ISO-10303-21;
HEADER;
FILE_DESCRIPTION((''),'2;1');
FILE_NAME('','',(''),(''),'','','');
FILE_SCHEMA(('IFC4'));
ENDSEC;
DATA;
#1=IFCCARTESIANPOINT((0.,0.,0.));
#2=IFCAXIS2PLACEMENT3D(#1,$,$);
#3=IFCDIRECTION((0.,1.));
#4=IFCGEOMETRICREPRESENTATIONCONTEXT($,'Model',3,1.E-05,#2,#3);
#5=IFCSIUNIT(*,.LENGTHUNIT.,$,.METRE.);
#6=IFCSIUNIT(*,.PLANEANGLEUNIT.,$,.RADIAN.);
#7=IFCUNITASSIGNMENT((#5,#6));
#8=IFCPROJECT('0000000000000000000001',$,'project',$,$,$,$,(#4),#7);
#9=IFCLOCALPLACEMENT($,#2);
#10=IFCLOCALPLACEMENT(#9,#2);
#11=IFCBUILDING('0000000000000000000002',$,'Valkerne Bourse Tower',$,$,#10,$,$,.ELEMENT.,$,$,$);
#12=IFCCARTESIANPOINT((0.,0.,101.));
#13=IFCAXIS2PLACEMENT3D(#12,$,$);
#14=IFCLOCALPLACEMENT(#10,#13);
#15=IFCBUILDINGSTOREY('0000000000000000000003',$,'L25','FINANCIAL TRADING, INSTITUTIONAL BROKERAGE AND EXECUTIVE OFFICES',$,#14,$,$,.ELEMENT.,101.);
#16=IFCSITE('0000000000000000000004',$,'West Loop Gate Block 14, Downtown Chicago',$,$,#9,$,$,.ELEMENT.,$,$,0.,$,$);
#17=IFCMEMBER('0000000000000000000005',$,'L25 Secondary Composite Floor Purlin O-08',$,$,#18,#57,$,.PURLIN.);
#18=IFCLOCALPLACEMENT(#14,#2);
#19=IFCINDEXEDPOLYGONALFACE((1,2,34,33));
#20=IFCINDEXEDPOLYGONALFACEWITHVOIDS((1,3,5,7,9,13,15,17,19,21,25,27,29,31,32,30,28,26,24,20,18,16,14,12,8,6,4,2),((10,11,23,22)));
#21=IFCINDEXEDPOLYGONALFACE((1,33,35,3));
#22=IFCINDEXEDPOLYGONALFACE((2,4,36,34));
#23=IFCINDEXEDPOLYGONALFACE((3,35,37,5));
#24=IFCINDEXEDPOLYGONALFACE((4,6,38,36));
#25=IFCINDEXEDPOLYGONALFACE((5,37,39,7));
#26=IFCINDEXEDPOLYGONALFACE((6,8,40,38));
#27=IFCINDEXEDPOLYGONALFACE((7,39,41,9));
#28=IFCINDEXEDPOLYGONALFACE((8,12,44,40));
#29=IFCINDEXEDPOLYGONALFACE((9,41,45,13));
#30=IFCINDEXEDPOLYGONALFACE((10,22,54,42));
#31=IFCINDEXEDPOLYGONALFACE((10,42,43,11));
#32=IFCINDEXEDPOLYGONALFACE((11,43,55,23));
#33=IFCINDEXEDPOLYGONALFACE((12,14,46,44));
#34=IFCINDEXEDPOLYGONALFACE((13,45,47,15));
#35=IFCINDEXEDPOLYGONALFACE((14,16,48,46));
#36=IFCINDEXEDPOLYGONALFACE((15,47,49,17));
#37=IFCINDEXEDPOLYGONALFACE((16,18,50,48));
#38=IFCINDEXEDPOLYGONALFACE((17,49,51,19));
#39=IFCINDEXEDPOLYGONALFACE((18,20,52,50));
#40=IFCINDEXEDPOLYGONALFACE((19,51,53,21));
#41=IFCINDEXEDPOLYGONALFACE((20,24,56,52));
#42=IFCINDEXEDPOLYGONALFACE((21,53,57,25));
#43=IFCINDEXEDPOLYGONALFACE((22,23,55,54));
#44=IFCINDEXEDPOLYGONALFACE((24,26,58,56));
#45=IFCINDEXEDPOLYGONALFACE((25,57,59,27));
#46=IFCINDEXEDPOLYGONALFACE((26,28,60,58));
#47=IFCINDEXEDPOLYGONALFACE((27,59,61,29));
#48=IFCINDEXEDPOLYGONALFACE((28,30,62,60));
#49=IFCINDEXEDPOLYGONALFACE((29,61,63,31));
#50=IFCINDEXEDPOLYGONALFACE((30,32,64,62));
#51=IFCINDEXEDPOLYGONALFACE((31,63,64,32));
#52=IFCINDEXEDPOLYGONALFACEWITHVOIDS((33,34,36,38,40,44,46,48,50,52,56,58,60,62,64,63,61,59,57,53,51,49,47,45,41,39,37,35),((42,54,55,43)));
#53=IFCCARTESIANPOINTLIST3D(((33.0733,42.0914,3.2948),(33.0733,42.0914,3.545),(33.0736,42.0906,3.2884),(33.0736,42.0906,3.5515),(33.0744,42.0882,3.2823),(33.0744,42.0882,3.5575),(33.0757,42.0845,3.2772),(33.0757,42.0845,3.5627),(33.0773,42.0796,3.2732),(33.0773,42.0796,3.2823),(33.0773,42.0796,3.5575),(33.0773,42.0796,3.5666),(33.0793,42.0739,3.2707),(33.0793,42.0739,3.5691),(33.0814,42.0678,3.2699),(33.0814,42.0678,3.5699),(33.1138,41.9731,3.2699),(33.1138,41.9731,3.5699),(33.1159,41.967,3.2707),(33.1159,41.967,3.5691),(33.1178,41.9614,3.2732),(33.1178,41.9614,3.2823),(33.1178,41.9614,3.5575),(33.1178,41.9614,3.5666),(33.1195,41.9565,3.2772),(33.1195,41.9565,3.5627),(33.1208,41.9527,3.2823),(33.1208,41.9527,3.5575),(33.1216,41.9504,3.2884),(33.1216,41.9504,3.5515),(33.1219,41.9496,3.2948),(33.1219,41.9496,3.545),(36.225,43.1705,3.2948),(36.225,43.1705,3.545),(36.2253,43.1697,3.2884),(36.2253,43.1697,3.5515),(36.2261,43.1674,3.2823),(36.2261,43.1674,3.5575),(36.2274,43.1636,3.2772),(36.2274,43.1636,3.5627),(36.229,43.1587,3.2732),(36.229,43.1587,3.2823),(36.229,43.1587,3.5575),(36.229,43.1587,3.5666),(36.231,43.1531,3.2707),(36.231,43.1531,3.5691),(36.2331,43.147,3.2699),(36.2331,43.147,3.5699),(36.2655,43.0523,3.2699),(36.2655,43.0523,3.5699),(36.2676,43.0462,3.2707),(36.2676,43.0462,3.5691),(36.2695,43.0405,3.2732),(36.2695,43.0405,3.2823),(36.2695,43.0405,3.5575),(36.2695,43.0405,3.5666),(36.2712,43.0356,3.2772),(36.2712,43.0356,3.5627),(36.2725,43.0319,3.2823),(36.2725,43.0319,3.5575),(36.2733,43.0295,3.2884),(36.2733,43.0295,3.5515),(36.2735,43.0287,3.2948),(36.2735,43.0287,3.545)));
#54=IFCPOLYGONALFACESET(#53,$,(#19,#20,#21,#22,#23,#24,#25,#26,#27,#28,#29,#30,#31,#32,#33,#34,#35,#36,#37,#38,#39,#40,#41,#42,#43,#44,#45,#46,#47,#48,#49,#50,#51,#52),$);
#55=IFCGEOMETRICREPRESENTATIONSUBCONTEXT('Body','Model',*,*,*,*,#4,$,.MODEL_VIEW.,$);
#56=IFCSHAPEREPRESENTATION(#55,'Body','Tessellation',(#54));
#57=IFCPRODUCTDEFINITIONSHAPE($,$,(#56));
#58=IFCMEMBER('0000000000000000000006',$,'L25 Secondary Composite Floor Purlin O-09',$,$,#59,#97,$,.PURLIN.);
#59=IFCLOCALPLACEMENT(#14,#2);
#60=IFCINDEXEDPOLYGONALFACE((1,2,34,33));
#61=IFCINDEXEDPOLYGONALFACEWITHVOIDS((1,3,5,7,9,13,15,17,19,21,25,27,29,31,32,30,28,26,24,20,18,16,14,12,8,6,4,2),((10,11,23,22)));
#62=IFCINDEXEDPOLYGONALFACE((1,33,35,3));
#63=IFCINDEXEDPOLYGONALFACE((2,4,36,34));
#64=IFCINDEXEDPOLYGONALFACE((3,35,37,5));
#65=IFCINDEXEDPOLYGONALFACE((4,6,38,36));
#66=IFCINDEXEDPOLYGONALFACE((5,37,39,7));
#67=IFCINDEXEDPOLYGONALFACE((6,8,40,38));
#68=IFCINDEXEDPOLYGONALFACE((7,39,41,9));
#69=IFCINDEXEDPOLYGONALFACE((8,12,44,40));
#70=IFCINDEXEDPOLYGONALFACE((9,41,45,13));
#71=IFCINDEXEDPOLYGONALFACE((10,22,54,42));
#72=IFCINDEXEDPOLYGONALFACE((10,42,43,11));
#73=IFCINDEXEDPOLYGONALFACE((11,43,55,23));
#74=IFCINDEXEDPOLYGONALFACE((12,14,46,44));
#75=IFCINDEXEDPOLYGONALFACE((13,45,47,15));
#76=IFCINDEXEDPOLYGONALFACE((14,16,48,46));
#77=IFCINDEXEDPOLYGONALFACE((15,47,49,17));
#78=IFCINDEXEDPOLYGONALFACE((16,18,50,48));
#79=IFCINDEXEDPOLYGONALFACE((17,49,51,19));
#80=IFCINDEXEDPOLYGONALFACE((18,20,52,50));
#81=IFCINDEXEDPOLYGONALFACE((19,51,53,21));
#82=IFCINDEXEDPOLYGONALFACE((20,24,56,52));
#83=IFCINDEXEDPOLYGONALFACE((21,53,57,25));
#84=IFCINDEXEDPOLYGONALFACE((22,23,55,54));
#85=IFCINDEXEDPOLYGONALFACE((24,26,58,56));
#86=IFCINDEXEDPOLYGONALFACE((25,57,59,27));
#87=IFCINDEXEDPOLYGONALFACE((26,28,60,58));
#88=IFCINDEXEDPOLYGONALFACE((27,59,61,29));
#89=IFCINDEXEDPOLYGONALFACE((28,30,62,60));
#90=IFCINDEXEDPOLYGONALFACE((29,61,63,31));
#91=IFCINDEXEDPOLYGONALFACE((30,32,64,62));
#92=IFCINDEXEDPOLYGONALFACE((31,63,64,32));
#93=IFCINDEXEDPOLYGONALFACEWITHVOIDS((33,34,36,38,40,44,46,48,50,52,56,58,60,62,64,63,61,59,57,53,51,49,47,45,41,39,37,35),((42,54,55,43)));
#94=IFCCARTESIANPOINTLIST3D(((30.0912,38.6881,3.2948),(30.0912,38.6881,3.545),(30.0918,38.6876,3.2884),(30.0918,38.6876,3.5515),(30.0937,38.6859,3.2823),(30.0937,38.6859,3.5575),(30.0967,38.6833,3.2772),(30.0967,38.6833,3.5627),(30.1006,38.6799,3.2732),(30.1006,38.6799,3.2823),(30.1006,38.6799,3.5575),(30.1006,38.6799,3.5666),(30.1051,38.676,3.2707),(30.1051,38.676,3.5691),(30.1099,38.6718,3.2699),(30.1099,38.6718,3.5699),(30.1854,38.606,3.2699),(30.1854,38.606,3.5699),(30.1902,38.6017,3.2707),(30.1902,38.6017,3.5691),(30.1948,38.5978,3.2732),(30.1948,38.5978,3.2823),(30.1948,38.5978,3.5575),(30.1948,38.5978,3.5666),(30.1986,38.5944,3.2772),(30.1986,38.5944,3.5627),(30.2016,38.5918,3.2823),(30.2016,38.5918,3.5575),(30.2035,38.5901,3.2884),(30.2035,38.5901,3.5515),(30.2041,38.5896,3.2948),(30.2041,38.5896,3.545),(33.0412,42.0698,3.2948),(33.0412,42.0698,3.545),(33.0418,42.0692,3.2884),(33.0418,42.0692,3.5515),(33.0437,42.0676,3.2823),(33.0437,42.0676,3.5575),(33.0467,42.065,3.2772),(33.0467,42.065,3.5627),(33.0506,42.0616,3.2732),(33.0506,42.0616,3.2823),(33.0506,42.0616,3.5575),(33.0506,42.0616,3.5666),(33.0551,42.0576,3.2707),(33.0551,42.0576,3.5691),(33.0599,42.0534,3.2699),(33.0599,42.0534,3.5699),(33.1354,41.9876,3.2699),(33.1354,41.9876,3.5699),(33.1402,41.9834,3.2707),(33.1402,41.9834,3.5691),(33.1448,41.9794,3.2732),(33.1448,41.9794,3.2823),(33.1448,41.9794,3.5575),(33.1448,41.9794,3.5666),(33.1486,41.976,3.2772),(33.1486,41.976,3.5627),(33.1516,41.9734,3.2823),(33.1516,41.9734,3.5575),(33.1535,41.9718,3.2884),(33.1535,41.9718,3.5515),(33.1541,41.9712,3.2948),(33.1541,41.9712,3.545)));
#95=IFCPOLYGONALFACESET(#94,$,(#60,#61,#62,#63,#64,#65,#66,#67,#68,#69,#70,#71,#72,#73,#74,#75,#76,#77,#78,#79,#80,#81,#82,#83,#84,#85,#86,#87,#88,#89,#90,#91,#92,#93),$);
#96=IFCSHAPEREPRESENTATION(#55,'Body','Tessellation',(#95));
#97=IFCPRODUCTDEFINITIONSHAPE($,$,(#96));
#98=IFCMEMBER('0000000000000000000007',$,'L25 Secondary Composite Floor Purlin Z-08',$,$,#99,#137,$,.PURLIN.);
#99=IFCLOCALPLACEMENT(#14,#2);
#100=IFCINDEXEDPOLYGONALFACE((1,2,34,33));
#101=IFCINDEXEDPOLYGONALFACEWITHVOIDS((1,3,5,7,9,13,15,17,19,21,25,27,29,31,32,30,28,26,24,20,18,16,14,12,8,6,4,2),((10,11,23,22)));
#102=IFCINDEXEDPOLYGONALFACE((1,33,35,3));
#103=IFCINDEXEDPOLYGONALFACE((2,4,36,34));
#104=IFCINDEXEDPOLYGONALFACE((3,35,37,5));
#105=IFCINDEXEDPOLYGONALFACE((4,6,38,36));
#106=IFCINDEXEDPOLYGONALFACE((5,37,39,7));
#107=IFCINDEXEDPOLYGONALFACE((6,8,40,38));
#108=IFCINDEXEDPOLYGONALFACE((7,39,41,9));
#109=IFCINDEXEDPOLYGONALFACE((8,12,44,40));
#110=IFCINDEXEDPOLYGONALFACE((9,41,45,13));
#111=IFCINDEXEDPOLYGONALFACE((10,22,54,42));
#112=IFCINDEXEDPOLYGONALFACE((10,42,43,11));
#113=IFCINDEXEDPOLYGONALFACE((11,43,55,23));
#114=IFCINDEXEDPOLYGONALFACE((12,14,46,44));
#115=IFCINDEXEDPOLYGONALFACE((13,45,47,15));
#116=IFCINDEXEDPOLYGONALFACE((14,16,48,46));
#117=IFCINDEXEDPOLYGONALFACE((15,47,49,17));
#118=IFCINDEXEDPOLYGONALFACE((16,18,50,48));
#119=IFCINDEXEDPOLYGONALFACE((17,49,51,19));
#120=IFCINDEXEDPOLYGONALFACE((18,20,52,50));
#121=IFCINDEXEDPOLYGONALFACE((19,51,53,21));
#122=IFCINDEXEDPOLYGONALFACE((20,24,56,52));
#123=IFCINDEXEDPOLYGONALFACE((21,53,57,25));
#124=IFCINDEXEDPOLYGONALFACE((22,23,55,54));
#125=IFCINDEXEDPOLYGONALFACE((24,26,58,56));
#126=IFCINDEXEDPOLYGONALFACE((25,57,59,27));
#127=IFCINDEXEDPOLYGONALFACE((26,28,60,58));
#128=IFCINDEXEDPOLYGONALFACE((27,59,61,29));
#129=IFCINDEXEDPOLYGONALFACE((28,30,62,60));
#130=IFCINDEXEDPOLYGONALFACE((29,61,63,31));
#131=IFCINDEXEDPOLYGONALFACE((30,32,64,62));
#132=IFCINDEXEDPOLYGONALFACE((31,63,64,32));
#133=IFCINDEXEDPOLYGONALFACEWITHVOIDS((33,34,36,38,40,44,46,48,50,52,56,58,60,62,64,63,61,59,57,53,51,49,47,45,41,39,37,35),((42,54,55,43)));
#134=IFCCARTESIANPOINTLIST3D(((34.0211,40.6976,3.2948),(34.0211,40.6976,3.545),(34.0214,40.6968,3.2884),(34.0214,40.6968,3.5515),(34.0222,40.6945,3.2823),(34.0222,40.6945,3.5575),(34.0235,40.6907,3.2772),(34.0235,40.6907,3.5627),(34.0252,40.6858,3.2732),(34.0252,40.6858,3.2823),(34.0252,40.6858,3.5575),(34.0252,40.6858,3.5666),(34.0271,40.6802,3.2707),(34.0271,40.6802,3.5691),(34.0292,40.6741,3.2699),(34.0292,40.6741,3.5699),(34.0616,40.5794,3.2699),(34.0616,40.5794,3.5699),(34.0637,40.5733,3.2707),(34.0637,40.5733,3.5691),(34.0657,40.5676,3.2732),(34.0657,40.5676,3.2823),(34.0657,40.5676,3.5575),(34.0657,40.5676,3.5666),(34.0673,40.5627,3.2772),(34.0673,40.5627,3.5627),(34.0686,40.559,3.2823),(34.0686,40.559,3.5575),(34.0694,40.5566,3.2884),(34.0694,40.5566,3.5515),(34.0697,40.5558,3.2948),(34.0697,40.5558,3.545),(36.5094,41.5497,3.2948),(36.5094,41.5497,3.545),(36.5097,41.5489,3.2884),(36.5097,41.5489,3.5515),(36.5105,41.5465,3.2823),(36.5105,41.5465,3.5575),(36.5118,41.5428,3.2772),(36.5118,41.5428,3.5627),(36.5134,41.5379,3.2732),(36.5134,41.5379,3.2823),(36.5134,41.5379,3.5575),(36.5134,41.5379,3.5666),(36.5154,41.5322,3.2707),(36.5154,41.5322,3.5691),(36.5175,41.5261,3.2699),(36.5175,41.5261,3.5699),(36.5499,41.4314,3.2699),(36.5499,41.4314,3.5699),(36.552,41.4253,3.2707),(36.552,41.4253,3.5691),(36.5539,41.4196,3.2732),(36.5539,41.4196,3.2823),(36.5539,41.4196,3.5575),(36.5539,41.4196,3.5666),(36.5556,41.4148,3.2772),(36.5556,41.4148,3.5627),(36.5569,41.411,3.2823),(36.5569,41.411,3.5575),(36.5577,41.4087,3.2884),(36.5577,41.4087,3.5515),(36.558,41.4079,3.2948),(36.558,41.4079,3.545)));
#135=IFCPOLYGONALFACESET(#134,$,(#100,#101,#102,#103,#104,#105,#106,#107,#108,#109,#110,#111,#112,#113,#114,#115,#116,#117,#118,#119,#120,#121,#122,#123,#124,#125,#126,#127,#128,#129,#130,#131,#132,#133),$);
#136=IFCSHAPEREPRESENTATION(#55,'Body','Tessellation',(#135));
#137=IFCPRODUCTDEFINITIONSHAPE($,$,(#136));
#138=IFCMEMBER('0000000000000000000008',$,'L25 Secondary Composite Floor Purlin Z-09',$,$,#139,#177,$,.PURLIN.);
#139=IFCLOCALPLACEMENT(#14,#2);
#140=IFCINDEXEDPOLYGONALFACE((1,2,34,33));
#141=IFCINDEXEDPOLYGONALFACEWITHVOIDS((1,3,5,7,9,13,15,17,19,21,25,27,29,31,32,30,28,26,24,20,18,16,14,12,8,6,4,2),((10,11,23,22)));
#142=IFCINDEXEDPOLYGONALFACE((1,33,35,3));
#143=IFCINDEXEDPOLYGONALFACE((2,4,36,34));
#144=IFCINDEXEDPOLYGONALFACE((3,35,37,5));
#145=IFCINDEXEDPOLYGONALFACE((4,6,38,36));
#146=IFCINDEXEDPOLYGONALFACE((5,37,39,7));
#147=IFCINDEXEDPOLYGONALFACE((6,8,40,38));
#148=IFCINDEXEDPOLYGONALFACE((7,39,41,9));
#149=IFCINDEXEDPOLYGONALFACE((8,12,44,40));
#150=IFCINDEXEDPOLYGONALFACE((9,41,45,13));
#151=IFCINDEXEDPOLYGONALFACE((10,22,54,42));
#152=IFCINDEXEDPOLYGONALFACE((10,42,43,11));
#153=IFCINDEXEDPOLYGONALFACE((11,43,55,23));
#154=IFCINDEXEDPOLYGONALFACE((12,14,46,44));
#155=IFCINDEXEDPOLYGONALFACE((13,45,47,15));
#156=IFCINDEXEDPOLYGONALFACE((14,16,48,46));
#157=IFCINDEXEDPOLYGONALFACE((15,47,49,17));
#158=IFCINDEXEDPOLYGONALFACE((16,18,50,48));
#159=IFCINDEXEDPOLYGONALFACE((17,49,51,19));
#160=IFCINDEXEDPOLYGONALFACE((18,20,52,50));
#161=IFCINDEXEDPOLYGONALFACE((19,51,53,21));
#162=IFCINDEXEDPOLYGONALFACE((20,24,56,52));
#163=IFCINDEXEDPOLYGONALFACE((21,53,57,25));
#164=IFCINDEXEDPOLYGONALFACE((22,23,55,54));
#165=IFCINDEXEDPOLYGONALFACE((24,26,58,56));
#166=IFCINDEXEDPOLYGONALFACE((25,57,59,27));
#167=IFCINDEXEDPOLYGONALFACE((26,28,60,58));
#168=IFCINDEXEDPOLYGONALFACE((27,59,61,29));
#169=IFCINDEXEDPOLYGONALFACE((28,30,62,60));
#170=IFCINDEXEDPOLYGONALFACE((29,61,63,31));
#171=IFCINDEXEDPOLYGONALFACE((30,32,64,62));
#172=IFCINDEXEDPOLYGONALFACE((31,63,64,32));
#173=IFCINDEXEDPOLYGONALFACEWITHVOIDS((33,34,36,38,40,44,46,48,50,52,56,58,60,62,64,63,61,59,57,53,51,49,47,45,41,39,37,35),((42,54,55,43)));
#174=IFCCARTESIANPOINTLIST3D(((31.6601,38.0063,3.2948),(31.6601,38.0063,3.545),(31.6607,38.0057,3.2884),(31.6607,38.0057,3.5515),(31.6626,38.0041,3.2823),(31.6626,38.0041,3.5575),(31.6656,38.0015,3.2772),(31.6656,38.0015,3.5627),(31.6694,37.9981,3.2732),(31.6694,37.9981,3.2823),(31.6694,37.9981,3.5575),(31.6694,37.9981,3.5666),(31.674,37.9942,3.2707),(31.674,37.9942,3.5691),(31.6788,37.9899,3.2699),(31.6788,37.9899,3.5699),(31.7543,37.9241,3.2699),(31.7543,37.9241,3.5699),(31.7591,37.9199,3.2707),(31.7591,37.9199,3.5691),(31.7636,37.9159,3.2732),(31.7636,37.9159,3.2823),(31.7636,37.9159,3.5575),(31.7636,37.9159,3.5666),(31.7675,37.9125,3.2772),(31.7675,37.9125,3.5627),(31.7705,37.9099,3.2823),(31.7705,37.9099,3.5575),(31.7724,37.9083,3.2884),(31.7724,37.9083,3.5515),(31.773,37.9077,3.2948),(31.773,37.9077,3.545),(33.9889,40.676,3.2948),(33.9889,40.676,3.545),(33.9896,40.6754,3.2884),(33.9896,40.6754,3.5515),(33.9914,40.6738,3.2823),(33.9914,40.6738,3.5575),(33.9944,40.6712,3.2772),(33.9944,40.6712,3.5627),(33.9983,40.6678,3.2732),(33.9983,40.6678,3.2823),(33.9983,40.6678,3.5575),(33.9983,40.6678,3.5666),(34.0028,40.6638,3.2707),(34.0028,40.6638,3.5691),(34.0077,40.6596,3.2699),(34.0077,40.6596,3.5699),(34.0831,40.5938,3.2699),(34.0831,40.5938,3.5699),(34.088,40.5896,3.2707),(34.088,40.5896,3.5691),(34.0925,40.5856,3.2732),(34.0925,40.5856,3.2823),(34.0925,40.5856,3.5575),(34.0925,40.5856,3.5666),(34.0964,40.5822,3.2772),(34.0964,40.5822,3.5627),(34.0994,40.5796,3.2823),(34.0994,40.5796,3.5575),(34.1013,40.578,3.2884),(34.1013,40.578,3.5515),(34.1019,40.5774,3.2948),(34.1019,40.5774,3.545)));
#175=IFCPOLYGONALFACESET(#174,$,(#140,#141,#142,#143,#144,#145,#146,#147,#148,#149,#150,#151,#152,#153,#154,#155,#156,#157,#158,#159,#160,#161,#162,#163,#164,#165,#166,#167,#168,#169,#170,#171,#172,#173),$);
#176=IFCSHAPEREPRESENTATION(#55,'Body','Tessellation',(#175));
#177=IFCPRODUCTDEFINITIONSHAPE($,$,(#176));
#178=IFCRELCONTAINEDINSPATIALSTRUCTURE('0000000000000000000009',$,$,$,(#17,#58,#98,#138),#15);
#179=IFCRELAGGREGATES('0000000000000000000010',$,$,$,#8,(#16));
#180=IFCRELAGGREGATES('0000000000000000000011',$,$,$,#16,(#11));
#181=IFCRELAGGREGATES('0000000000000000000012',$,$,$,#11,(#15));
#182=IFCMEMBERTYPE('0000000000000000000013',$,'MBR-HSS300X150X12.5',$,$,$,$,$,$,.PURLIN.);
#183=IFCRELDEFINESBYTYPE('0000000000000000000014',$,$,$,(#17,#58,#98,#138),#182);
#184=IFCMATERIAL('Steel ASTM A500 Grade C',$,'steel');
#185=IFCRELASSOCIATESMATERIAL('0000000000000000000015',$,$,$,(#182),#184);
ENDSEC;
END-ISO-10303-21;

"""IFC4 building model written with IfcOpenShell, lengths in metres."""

from ifc_helpers import new_model, si_unit, direction, frame, origin, origin_2d, place, context, subcontext, project, spatial, hollow_rectangle, extrude, material, material_profile, profile_set, type_object, element, save


model = new_model("IFC4")

# Units and contexts
model_context = context("Model", 3, precision=1e-05, world=origin(), true_north=direction((0.0, 1.0)))
body_context = subcontext(model_context, "Body", "Model", "MODEL_VIEW")
ifc_project = project(units=[si_unit("LENGTHUNIT", "METRE"), si_unit("PLANEANGLEUNIT", "RADIAN")], contexts=[model_context])

# Site, building, storey
site_placement = place(None, origin())
site = spatial("IfcSite", under=ifc_project, at=site_placement, Name="West Loop Gate Block 14, Downtown Chicago", CompositionType="ELEMENT", RefElevation=0.0)
building_placement = place(site_placement, origin())
building = spatial("IfcBuilding", under=site, at=building_placement, Name="Valkerne Bourse Tower", CompositionType="ELEMENT")
storey_placement = place(building_placement, frame((0.0, 0.0, 101.0)))
storey = spatial("IfcBuildingStorey", under=building, at=storey_placement, Name="L25", Description="FINANCIAL TRADING, INSTITUTIONAL BROKERAGE AND EXECUTIVE OFFICES", CompositionType="ELEMENT", Elevation=101.0)

# Members
ifc_material_1 = material(Name="Steel ASTM A500 Grade C", Category="steel")
ifc_material_profile_1 = material_profile(ifc_material_1, hollow_rectangle(XDim=0.1499, YDim=0.3, WallThickness=0.0125, OuterFilletRadius=0.0249, at=origin_2d()), Name="HSS300X150X12.5")
ifc_profile_set_1 = profile_set([ifc_material_profile_1], Name="Steel ASTM A500 Grade C")
member_type_1 = type_object("IfcMemberType", Name="MBR-HSS300X150X12.5", PredefinedType="PURLIN", material=ifc_profile_set_1)
member_1_placement = place(storey_placement, frame((36.2493, 43.0996, 3.4199), z_axis=(-0.946079, -0.323935, 0.0), x_axis=(0.323935, -0.946079, 0.0)))
element("IfcMember", 1, at=member_1_placement, inside=storey, type_object=member_type_1, Name="L25 Secondary Composite Floor Purlin O-08", PredefinedType="PURLIN", context=body_context, shape_type="SweptSolid", body=[
    extrude(hollow_rectangle(XDim=0.1499, YDim=0.3, WallThickness=0.0125, OuterFilletRadius=0.0249, at=origin_2d()), origin(), (0.0, 0.0, 1.0), 3.3313),
])
member_2_placement = place(storey_placement, frame((33.0977, 42.0205, 3.4199), z_axis=(-0.657375, -0.753563, 0.0), x_axis=(0.753563, -0.657375, 0.0)))
element("IfcMember", 2, at=member_2_placement, inside=storey, type_object=member_type_1, Name="L25 Secondary Composite Floor Purlin O-09", PredefinedType="PURLIN", context=body_context, shape_type="SweptSolid", body=[
    extrude(hollow_rectangle(XDim=0.1499, YDim=0.3, WallThickness=0.0125, OuterFilletRadius=0.0249, at=origin_2d()), origin(), (0.0, 0.0, 1.0), 4.4875),
])
member_3_placement = place(storey_placement, frame((36.5337, 41.4788, 3.4199), z_axis=(-0.946071, -0.323959, 0.0), x_axis=(0.323959, -0.946071, 0.0)))
element("IfcMember", 3, at=member_3_placement, inside=storey, type_object=member_type_1, Name="L25 Secondary Composite Floor Purlin Z-08", PredefinedType="PURLIN", context=body_context, shape_type="SweptSolid", body=[
    extrude(hollow_rectangle(XDim=0.1499, YDim=0.3, WallThickness=0.0125, OuterFilletRadius=0.0249, at=origin_2d()), origin(), (0.0, 0.0, 1.0), 2.6301),
])
member_4_placement = place(storey_placement, frame((34.0454, 40.6267, 3.4199), z_axis=(-0.657367, -0.753571, 0.0), x_axis=(0.753571, -0.657367, 0.0)))
element("IfcMember", 4, at=member_4_placement, inside=storey, type_object=member_type_1, Name="L25 Secondary Composite Floor Purlin Z-09", PredefinedType="PURLIN", context=body_context, shape_type="SweptSolid", body=[
    extrude(hollow_rectangle(XDim=0.1499, YDim=0.3, WallThickness=0.0125, OuterFilletRadius=0.0249, at=origin_2d()), origin(), (0.0, 0.0, 1.0), 3.5427),
])

save(model, "model.ifc")
